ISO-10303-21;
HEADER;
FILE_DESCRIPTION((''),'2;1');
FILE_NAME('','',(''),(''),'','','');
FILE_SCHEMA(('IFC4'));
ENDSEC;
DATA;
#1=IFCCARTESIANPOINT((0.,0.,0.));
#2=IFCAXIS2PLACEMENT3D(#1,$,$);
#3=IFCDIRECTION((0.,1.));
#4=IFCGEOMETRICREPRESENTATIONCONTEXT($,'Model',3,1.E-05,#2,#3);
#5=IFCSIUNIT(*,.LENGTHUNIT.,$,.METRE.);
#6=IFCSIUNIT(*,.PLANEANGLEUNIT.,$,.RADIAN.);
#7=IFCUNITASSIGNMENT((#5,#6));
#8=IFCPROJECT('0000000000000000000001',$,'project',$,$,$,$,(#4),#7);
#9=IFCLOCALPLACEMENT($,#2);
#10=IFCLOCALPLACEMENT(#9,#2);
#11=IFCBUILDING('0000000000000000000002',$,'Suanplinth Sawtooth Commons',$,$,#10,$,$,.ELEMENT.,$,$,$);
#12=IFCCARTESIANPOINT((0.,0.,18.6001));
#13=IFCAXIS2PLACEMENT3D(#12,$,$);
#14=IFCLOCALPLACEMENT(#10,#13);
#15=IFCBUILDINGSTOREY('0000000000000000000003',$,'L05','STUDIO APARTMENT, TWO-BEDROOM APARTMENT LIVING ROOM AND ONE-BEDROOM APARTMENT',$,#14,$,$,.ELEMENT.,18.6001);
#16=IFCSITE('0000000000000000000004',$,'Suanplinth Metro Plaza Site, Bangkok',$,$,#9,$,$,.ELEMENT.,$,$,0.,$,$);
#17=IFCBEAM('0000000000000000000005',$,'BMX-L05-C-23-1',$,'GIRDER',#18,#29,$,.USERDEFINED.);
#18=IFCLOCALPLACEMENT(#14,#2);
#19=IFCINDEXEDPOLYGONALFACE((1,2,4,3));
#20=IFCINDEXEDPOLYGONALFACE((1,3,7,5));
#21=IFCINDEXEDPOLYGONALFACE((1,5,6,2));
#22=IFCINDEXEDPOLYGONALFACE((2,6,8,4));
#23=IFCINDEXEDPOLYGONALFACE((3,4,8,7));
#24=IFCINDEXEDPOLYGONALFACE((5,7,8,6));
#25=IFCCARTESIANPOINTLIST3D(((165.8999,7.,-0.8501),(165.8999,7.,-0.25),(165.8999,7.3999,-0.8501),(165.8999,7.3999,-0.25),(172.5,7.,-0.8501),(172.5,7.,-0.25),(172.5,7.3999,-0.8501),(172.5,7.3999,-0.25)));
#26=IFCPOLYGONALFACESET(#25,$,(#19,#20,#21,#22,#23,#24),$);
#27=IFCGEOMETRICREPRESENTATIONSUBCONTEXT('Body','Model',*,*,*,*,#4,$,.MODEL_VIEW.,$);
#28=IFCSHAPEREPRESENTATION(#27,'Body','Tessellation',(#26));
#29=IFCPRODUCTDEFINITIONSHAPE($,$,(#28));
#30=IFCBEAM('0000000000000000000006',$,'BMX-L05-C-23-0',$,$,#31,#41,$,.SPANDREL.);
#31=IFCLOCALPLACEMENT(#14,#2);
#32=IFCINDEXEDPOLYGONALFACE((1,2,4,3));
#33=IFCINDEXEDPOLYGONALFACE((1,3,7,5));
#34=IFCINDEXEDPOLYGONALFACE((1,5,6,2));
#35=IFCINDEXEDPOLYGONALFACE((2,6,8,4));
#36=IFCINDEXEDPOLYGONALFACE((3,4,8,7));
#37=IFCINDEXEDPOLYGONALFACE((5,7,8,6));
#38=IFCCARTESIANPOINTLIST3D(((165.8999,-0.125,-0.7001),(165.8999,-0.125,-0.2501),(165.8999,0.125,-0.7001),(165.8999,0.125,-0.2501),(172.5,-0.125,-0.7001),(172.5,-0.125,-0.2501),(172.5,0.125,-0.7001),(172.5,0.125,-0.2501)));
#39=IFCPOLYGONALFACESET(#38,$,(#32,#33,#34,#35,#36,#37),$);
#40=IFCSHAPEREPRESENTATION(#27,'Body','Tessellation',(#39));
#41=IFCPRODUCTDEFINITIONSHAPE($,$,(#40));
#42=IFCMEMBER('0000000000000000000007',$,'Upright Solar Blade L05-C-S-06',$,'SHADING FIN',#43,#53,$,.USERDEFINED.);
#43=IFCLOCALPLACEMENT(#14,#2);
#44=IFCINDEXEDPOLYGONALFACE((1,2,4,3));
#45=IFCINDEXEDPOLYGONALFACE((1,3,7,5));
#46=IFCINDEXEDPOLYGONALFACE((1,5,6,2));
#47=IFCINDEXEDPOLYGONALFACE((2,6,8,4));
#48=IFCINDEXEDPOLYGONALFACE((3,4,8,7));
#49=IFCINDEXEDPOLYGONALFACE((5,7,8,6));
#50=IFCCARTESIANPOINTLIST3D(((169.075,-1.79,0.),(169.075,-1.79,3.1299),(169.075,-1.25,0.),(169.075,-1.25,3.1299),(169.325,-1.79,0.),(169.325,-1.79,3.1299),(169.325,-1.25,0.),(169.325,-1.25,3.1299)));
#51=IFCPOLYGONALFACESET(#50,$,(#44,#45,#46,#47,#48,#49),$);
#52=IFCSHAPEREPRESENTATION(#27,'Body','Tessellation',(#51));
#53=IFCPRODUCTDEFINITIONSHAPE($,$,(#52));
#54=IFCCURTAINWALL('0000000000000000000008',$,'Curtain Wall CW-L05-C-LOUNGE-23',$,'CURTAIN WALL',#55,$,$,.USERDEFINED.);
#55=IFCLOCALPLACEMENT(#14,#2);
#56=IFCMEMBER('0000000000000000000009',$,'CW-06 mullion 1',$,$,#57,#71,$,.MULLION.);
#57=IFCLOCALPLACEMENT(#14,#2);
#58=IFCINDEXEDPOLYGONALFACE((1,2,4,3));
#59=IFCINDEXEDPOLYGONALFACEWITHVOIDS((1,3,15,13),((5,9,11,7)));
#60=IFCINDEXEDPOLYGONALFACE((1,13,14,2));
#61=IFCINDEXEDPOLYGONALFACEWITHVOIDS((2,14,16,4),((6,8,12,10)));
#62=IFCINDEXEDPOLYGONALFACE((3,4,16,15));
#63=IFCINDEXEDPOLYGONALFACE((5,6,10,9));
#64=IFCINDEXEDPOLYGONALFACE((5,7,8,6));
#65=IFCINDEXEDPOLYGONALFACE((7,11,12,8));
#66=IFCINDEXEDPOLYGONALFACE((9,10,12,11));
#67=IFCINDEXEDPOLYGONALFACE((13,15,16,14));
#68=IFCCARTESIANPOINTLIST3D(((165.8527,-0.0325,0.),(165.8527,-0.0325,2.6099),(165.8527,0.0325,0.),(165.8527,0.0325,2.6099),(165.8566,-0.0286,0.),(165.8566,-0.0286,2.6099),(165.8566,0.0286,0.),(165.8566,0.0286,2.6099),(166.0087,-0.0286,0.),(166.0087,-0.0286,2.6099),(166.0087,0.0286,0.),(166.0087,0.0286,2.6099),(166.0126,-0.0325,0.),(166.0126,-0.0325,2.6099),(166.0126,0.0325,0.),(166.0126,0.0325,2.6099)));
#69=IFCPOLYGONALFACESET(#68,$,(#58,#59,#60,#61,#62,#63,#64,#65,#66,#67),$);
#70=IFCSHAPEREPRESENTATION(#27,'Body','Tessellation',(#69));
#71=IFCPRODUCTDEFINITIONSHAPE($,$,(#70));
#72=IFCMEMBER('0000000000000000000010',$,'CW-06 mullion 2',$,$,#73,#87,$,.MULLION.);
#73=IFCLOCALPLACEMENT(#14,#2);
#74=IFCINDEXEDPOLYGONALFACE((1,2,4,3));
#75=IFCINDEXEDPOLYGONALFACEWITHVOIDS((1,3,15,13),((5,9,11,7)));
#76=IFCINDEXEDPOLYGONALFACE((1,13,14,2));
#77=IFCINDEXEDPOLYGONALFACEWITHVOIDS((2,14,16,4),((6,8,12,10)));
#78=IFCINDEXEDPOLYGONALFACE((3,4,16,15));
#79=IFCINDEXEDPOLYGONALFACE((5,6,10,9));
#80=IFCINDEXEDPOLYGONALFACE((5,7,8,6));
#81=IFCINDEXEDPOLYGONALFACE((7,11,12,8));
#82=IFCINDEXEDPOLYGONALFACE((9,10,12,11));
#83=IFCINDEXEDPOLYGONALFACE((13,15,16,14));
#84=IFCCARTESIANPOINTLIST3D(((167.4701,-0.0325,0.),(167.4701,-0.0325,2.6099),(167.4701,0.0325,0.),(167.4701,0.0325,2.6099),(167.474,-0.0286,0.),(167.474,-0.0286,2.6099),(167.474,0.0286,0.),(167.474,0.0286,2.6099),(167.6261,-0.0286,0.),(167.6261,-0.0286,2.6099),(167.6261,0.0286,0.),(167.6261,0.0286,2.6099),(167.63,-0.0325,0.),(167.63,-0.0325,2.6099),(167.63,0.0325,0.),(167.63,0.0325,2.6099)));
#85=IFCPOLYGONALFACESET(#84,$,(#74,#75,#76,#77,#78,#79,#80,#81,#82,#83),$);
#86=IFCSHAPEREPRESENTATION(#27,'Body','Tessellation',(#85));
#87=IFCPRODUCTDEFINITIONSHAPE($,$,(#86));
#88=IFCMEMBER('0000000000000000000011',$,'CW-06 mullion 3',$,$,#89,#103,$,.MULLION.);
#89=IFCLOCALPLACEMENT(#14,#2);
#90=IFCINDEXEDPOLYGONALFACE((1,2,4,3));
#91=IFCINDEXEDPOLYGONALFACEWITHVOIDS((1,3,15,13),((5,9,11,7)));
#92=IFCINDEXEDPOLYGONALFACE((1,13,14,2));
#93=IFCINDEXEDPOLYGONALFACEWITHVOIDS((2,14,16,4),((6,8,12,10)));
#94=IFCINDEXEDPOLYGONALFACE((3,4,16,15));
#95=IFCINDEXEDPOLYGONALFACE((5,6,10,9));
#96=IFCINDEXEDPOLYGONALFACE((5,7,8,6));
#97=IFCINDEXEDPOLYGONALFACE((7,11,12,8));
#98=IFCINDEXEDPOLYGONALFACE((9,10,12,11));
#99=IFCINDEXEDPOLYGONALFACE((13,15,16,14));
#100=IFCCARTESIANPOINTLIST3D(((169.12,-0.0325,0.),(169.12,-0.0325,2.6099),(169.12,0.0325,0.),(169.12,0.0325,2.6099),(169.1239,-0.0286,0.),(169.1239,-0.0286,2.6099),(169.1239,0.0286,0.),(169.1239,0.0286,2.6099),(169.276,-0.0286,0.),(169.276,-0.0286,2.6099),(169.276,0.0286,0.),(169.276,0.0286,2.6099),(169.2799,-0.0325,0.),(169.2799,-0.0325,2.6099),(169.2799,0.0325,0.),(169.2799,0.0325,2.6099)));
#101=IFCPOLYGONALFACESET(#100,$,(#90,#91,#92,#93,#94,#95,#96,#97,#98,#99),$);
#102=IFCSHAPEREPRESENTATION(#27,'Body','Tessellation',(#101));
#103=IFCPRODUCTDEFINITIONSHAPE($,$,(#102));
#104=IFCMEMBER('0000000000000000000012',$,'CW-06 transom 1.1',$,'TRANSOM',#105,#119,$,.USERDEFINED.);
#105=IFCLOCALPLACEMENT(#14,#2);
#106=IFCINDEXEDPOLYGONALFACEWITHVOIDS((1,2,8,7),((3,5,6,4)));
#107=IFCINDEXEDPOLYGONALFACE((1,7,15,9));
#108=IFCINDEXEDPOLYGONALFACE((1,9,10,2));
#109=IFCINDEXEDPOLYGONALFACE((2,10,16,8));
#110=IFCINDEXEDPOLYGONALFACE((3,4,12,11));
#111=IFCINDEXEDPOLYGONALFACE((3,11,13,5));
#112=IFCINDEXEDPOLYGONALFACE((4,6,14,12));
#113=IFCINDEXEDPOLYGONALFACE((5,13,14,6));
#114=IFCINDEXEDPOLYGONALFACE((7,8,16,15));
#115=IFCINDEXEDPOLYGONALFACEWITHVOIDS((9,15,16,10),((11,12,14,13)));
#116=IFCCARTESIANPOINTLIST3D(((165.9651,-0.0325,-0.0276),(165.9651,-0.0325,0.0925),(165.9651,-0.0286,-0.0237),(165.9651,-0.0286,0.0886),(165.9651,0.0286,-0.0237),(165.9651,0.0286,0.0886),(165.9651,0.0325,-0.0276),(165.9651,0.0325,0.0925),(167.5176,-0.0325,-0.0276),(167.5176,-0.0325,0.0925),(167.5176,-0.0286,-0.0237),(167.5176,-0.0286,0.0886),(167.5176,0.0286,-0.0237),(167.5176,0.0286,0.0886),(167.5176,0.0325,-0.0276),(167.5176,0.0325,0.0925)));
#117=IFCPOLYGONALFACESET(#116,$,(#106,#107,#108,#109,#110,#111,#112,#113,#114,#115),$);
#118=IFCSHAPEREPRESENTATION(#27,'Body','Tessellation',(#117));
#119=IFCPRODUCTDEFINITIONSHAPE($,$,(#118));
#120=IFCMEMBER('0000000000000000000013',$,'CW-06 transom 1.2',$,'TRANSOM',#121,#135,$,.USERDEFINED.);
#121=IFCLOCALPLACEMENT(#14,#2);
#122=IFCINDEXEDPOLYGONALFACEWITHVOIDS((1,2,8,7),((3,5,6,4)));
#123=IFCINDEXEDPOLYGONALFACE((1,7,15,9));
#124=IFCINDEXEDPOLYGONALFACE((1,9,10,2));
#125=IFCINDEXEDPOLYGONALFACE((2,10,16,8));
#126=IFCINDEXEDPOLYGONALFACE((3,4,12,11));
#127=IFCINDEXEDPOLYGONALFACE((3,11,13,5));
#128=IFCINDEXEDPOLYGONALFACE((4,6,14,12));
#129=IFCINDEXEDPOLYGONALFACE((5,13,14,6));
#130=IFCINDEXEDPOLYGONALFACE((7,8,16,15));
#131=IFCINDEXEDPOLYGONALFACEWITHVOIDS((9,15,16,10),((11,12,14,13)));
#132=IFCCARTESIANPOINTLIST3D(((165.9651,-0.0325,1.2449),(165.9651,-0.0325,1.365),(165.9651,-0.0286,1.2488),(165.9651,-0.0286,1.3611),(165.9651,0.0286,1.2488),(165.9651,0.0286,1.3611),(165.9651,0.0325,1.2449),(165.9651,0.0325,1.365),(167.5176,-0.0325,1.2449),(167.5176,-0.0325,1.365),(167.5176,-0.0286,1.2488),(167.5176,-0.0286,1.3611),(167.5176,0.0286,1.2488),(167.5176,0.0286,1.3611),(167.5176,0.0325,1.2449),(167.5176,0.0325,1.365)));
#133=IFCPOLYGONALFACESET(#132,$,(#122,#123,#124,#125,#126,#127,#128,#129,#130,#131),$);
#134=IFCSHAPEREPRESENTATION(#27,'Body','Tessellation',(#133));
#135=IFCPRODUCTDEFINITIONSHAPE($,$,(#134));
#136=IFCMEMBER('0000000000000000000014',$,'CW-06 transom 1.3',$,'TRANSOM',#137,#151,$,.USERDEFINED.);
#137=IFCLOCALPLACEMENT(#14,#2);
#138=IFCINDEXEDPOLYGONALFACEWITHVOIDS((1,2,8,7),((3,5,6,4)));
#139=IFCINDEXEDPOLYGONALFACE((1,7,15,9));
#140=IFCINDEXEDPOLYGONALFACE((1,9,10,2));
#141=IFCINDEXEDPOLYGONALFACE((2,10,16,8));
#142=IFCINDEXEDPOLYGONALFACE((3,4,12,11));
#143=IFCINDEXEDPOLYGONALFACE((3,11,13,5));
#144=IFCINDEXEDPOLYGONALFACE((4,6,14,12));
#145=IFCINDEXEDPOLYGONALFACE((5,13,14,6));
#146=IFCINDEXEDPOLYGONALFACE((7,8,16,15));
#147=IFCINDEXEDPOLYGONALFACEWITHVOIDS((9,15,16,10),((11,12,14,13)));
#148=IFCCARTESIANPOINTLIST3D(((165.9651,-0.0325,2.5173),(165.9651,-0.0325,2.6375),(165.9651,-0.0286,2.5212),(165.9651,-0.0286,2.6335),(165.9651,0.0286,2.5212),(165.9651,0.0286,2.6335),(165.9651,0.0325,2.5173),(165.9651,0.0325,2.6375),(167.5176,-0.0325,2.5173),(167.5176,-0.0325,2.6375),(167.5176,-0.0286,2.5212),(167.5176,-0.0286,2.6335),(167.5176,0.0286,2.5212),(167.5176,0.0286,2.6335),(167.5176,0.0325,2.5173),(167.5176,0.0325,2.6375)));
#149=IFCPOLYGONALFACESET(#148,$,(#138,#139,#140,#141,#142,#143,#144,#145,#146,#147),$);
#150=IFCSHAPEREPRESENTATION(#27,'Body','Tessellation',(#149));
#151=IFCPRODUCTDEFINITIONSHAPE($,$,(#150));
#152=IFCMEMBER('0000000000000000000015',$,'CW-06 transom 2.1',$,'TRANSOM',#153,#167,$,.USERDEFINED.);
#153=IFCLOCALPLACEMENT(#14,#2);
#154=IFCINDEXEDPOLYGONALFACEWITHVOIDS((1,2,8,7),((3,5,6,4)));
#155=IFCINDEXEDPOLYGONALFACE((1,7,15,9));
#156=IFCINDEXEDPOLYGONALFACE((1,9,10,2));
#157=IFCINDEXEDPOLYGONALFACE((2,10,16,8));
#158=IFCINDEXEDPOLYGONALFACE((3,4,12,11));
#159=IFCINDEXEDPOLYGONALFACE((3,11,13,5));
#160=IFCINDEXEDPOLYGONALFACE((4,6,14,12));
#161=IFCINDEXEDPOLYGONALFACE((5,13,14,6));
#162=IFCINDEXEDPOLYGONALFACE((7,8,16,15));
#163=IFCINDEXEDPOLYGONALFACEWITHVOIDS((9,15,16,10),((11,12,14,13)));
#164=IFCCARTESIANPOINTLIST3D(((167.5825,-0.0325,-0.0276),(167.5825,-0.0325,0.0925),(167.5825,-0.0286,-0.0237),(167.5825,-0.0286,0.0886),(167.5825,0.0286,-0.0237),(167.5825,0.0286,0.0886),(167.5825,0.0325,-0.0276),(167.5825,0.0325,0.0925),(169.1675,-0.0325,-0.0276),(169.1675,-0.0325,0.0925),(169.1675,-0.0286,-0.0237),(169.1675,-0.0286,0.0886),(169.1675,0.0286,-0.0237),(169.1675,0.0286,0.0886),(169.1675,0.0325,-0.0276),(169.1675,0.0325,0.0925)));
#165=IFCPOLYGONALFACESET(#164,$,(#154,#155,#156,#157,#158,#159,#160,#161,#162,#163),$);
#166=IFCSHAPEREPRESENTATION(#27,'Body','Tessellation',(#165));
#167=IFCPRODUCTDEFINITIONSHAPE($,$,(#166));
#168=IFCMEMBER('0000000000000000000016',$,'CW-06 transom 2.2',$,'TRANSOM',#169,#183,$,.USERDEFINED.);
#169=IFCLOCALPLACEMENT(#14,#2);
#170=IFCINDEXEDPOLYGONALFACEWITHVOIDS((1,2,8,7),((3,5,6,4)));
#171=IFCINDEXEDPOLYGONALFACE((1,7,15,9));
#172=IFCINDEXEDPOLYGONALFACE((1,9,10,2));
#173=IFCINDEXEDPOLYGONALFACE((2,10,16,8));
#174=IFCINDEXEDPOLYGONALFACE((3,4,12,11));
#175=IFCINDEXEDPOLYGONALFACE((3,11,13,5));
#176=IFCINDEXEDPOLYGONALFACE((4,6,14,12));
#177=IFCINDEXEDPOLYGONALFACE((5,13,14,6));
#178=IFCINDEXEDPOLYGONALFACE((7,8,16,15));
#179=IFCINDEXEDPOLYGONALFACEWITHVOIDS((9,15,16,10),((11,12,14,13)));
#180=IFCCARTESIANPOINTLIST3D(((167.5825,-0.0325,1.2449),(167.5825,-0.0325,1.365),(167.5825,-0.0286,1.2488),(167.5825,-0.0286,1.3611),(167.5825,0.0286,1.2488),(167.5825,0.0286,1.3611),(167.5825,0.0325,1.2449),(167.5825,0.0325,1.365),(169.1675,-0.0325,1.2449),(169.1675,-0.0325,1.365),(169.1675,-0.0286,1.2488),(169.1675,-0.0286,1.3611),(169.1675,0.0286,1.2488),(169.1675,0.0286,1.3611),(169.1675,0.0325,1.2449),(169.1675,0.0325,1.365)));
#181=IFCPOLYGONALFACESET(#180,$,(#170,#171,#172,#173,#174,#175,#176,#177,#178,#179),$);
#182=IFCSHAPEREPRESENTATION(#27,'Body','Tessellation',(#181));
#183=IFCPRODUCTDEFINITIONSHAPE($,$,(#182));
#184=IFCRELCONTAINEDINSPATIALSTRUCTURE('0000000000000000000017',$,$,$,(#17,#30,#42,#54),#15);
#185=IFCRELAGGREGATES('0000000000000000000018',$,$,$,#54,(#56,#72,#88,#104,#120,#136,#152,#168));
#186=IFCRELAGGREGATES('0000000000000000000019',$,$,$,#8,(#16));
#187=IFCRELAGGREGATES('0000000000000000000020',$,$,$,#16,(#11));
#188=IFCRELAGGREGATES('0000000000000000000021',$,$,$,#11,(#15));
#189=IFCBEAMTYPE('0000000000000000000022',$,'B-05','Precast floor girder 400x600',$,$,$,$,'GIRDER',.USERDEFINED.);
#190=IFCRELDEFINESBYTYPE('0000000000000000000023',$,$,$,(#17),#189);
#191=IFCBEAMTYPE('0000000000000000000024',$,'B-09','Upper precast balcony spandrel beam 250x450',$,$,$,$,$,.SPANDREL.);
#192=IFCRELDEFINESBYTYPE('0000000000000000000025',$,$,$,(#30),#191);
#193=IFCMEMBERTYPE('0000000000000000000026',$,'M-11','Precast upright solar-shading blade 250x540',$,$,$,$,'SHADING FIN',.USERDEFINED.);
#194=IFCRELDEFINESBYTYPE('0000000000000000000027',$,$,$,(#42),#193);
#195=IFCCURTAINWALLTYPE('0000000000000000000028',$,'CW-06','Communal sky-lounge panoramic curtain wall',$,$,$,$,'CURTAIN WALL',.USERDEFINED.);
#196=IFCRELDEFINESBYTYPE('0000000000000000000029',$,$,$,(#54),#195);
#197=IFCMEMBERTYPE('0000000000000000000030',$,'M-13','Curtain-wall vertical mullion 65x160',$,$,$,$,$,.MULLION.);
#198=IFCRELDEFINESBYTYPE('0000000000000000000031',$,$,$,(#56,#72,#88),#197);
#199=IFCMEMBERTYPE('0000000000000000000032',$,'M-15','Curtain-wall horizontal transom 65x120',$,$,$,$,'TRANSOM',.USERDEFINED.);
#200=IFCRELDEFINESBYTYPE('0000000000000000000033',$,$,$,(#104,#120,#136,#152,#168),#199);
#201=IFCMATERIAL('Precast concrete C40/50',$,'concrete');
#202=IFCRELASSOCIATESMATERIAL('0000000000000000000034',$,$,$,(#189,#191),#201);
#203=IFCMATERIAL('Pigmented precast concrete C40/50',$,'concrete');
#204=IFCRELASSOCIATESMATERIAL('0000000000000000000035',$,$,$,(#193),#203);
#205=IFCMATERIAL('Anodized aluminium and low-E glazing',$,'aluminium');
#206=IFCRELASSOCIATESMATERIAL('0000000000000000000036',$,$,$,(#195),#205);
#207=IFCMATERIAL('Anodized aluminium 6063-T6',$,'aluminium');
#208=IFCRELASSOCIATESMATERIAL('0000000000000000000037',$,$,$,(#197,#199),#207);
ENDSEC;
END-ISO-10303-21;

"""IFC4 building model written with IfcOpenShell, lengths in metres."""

from ifc_helpers import new_model, si_unit, direction, frame, origin, origin_2d, place, context, subcontext, project, spatial, rectangle, hollow_rectangle, extrude, material, material_profile, profile_set, type_object, element, aggregate, save


model = new_model("IFC4")

# Units and contexts
model_context = context("Model", 3, precision=1e-05, world=origin(), true_north=direction((0.0, 1.0)))
body_context = subcontext(model_context, "Body", "Model", "MODEL_VIEW")
ifc_project = project(units=[si_unit("LENGTHUNIT", "METRE"), si_unit("PLANEANGLEUNIT", "RADIAN")], contexts=[model_context])

# Site, building, storey
site_placement = place(None, origin())
site = spatial("IfcSite", under=ifc_project, at=site_placement, Name="Suanplinth Metro Plaza Site, Bangkok", CompositionType="ELEMENT", RefElevation=0.0)
building_placement = place(site_placement, origin())
building = spatial("IfcBuilding", under=site, at=building_placement, Name="Suanplinth Sawtooth Commons", CompositionType="ELEMENT")
storey_placement = place(building_placement, frame((0.0, 0.0, 18.6001)))
storey = spatial("IfcBuildingStorey", under=building, at=storey_placement, Name="L05", Description="STUDIO APARTMENT, TWO-BEDROOM APARTMENT LIVING ROOM AND ONE-BEDROOM APARTMENT", CompositionType="ELEMENT", Elevation=18.6001)

# Beams
ifc_material_1 = material(Name="Precast concrete C40/50", Category="concrete")
ifc_material_profile_1 = material_profile(ifc_material_1, rectangle(XDim=0.3999, YDim=0.6001, at=origin_2d()), Name="PC-GDR 400x600")
ifc_profile_set_1 = profile_set([ifc_material_profile_1], Name="Precast concrete C40/50")
beam_type_1 = type_object("IfcBeamType", Name="B-05", Description="Precast floor girder 400x600", ElementType="GIRDER", PredefinedType="USERDEFINED", material=ifc_profile_set_1)
beam_1_placement = place(storey_placement, frame((165.8999, 7.2, -0.55), z_axis=(1.0, 0.0, 0.0), x_axis=(0.0, 1.0, 0.0)))
element("IfcBeam", 1, at=beam_1_placement, inside=storey, type_object=beam_type_1, Name="BMX-L05-C-23-1", ObjectType="GIRDER", PredefinedType="USERDEFINED", context=body_context, shape_type="SweptSolid", body=[
    extrude(rectangle(XDim=0.3999, YDim=0.6001, at=origin_2d()), origin(), (0.0, 0.0, 1.0), 6.6001),
])
ifc_material_profile_2 = material_profile(ifc_material_1, rectangle(XDim=0.25, YDim=0.45, at=origin_2d()), Name="PC-SP 250x450")
ifc_profile_set_2 = profile_set([ifc_material_profile_2], Name="Precast concrete C40/50")
beam_type_2 = type_object("IfcBeamType", Name="B-09", Description="Upper precast balcony spandrel beam 250x450", PredefinedType="SPANDREL", material=ifc_profile_set_2)
beam_2_placement = place(storey_placement, frame((165.8999, 0.0, -0.4751), z_axis=(1.0, 0.0, 0.0), x_axis=(0.0, 1.0, 0.0)))
element("IfcBeam", 2, at=beam_2_placement, inside=storey, type_object=beam_type_2, Name="BMX-L05-C-23-0", PredefinedType="SPANDREL", context=body_context, shape_type="SweptSolid", body=[
    extrude(rectangle(XDim=0.25, YDim=0.45, at=origin_2d()), origin(), (0.0, 0.0, 1.0), 6.6001),
])

# Member
ifc_material_2 = material(Name="Pigmented precast concrete C40/50", Category="concrete")
ifc_material_profile_3 = material_profile(ifc_material_2, rectangle(XDim=0.25, YDim=0.54, at=origin_2d()), Name="PC-FIN 250x540")
ifc_profile_set_3 = profile_set([ifc_material_profile_3], Name="Pigmented precast concrete C40/50")
member_type_1 = type_object("IfcMemberType", Name="M-11", Description="Precast upright solar-shading blade 250x540", ElementType="SHADING FIN", PredefinedType="USERDEFINED", material=ifc_profile_set_3)
member_1_placement = place(storey_placement, frame((169.2, -1.52, 0.0), z_axis=(0.0, 0.0, 1.0), x_axis=(1.0, 0.0, 0.0)))
element("IfcMember", 3, at=member_1_placement, inside=storey, type_object=member_type_1, Name="Upright Solar Blade L05-C-S-06", ObjectType="SHADING FIN", PredefinedType="USERDEFINED", context=body_context, shape_type="SweptSolid", body=[
    extrude(rectangle(XDim=0.25, YDim=0.54, at=origin_2d()), origin(), (0.0, 0.0, 1.0), 3.1299),
])

# Curtain wall, members
ifc_material_3 = material(Name="Anodized aluminium and low-E glazing", Category="aluminium")
curtain_wall_type = type_object("IfcCurtainWallType", Name="CW-06", Description="Communal sky-lounge panoramic curtain wall", ElementType="CURTAIN WALL", PredefinedType="USERDEFINED", material=ifc_material_3)
curtain_wall_placement = place(storey_placement, origin())
curtain_wall = element("IfcCurtainWall", 4, at=curtain_wall_placement, inside=storey, type_object=curtain_wall_type, Name="Curtain Wall CW-L05-C-LOUNGE-23", ObjectType="CURTAIN WALL", PredefinedType="USERDEFINED")
ifc_material_4 = material(Name="Anodized aluminium 6063-T6", Category="aluminium")
ifc_material_profile_4 = material_profile(ifc_material_4, hollow_rectangle(XDim=0.0649, YDim=0.1599, WallThickness=0.0039, at=origin_2d()), Name="ALU-MUL 65x160")
ifc_profile_set_4 = profile_set([ifc_material_profile_4], Name="Anodized aluminium 6063-T6")
member_type_2 = type_object("IfcMemberType", Name="M-13", Description="Curtain-wall vertical mullion 65x160", PredefinedType="MULLION", material=ifc_profile_set_4)
member_2_placement = place(storey_placement, frame((165.9326, 0.0, 0.0), z_axis=(0.0, 0.0, 1.0), x_axis=(0.0, 1.0, 0.0)))
member_2 = element("IfcMember", 5, at=member_2_placement, type_object=member_type_2, Name="CW-06 mullion 1", PredefinedType="MULLION", context=body_context, shape_type="SweptSolid", body=[
    extrude(hollow_rectangle(XDim=0.0649, YDim=0.1599, WallThickness=0.0039, at=origin_2d()), origin(), (0.0, 0.0, 1.0), 2.6099),
])
member_3_placement = place(storey_placement, frame((167.55, 0.0, 0.0), z_axis=(0.0, 0.0, 1.0), x_axis=(0.0, 1.0, 0.0)))
member_3 = element("IfcMember", 6, at=member_3_placement, type_object=member_type_2, Name="CW-06 mullion 2", PredefinedType="MULLION", context=body_context, shape_type="SweptSolid", body=[
    extrude(hollow_rectangle(XDim=0.0649, YDim=0.1599, WallThickness=0.0039, at=origin_2d()), origin(), (0.0, 0.0, 1.0), 2.6099),
])
member_4_placement = place(storey_placement, frame((169.2, 0.0, 0.0), z_axis=(0.0, 0.0, 1.0), x_axis=(0.0, 1.0, 0.0)))
member_4 = element("IfcMember", 7, at=member_4_placement, type_object=member_type_2, Name="CW-06 mullion 3", PredefinedType="MULLION", context=body_context, shape_type="SweptSolid", body=[
    extrude(hollow_rectangle(XDim=0.0649, YDim=0.1599, WallThickness=0.0039, at=origin_2d()), origin(), (0.0, 0.0, 1.0), 2.6099),
])
ifc_material_profile_5 = material_profile(ifc_material_4, hollow_rectangle(XDim=0.0649, YDim=0.1201, WallThickness=0.0039, at=origin_2d()), Name="ALU-TRN 65x120")
ifc_profile_set_5 = profile_set([ifc_material_profile_5], Name="Anodized aluminium 6063-T6")
member_type_3 = type_object("IfcMemberType", Name="M-15", Description="Curtain-wall horizontal transom 65x120", ElementType="TRANSOM", PredefinedType="USERDEFINED", material=ifc_profile_set_5)
member_5_placement = place(storey_placement, frame((165.9651, 0.0, 0.0325), z_axis=(1.0, 0.0, 0.0), x_axis=(0.0, 1.0, 0.0)))
member_5 = element("IfcMember", 8, at=member_5_placement, type_object=member_type_3, Name="CW-06 transom 1.1", ObjectType="TRANSOM", PredefinedType="USERDEFINED", context=body_context, shape_type="SweptSolid", body=[
    extrude(hollow_rectangle(XDim=0.0649, YDim=0.1201, WallThickness=0.0039, at=origin_2d()), origin(), (0.0, 0.0, 1.0), 1.5525),
])
member_6_placement = place(storey_placement, frame((165.9651, 0.0, 1.3049), z_axis=(1.0, 0.0, 0.0), x_axis=(0.0, 1.0, 0.0)))
member_6 = element("IfcMember", 9, at=member_6_placement, type_object=member_type_3, Name="CW-06 transom 1.2", ObjectType="TRANSOM", PredefinedType="USERDEFINED", context=body_context, shape_type="SweptSolid", body=[
    extrude(hollow_rectangle(XDim=0.0649, YDim=0.1201, WallThickness=0.0039, at=origin_2d()), origin(), (0.0, 0.0, 1.0), 1.5525),
])
member_7_placement = place(storey_placement, frame((165.9651, 0.0, 2.5774), z_axis=(1.0, 0.0, 0.0), x_axis=(0.0, 1.0, 0.0)))
member_7 = element("IfcMember", 10, at=member_7_placement, type_object=member_type_3, Name="CW-06 transom 1.3", ObjectType="TRANSOM", PredefinedType="USERDEFINED", context=body_context, shape_type="SweptSolid", body=[
    extrude(hollow_rectangle(XDim=0.0649, YDim=0.1201, WallThickness=0.0039, at=origin_2d()), origin(), (0.0, 0.0, 1.0), 1.5525),
])
member_8_placement = place(storey_placement, frame((167.5825, 0.0, 0.0325), z_axis=(1.0, 0.0, 0.0), x_axis=(0.0, 1.0, 0.0)))
member_8 = element("IfcMember", 11, at=member_8_placement, type_object=member_type_3, Name="CW-06 transom 2.1", ObjectType="TRANSOM", PredefinedType="USERDEFINED", context=body_context, shape_type="SweptSolid", body=[
    extrude(hollow_rectangle(XDim=0.0649, YDim=0.1201, WallThickness=0.0039, at=origin_2d()), origin(), (0.0, 0.0, 1.0), 1.585),
])
member_9_placement = place(storey_placement, frame((167.5825, 0.0, 1.3049), z_axis=(1.0, 0.0, 0.0), x_axis=(0.0, 1.0, 0.0)))
member_9 = element("IfcMember", 12, at=member_9_placement, type_object=member_type_3, Name="CW-06 transom 2.2", ObjectType="TRANSOM", PredefinedType="USERDEFINED", context=body_context, shape_type="SweptSolid", body=[
    extrude(hollow_rectangle(XDim=0.0649, YDim=0.1201, WallThickness=0.0039, at=origin_2d()), origin(), (0.0, 0.0, 1.0), 1.585),
])
aggregate(curtain_wall, [member_2, member_3, member_4, member_5, member_6, member_7, member_8, member_9])

save(model, "model.ifc")
